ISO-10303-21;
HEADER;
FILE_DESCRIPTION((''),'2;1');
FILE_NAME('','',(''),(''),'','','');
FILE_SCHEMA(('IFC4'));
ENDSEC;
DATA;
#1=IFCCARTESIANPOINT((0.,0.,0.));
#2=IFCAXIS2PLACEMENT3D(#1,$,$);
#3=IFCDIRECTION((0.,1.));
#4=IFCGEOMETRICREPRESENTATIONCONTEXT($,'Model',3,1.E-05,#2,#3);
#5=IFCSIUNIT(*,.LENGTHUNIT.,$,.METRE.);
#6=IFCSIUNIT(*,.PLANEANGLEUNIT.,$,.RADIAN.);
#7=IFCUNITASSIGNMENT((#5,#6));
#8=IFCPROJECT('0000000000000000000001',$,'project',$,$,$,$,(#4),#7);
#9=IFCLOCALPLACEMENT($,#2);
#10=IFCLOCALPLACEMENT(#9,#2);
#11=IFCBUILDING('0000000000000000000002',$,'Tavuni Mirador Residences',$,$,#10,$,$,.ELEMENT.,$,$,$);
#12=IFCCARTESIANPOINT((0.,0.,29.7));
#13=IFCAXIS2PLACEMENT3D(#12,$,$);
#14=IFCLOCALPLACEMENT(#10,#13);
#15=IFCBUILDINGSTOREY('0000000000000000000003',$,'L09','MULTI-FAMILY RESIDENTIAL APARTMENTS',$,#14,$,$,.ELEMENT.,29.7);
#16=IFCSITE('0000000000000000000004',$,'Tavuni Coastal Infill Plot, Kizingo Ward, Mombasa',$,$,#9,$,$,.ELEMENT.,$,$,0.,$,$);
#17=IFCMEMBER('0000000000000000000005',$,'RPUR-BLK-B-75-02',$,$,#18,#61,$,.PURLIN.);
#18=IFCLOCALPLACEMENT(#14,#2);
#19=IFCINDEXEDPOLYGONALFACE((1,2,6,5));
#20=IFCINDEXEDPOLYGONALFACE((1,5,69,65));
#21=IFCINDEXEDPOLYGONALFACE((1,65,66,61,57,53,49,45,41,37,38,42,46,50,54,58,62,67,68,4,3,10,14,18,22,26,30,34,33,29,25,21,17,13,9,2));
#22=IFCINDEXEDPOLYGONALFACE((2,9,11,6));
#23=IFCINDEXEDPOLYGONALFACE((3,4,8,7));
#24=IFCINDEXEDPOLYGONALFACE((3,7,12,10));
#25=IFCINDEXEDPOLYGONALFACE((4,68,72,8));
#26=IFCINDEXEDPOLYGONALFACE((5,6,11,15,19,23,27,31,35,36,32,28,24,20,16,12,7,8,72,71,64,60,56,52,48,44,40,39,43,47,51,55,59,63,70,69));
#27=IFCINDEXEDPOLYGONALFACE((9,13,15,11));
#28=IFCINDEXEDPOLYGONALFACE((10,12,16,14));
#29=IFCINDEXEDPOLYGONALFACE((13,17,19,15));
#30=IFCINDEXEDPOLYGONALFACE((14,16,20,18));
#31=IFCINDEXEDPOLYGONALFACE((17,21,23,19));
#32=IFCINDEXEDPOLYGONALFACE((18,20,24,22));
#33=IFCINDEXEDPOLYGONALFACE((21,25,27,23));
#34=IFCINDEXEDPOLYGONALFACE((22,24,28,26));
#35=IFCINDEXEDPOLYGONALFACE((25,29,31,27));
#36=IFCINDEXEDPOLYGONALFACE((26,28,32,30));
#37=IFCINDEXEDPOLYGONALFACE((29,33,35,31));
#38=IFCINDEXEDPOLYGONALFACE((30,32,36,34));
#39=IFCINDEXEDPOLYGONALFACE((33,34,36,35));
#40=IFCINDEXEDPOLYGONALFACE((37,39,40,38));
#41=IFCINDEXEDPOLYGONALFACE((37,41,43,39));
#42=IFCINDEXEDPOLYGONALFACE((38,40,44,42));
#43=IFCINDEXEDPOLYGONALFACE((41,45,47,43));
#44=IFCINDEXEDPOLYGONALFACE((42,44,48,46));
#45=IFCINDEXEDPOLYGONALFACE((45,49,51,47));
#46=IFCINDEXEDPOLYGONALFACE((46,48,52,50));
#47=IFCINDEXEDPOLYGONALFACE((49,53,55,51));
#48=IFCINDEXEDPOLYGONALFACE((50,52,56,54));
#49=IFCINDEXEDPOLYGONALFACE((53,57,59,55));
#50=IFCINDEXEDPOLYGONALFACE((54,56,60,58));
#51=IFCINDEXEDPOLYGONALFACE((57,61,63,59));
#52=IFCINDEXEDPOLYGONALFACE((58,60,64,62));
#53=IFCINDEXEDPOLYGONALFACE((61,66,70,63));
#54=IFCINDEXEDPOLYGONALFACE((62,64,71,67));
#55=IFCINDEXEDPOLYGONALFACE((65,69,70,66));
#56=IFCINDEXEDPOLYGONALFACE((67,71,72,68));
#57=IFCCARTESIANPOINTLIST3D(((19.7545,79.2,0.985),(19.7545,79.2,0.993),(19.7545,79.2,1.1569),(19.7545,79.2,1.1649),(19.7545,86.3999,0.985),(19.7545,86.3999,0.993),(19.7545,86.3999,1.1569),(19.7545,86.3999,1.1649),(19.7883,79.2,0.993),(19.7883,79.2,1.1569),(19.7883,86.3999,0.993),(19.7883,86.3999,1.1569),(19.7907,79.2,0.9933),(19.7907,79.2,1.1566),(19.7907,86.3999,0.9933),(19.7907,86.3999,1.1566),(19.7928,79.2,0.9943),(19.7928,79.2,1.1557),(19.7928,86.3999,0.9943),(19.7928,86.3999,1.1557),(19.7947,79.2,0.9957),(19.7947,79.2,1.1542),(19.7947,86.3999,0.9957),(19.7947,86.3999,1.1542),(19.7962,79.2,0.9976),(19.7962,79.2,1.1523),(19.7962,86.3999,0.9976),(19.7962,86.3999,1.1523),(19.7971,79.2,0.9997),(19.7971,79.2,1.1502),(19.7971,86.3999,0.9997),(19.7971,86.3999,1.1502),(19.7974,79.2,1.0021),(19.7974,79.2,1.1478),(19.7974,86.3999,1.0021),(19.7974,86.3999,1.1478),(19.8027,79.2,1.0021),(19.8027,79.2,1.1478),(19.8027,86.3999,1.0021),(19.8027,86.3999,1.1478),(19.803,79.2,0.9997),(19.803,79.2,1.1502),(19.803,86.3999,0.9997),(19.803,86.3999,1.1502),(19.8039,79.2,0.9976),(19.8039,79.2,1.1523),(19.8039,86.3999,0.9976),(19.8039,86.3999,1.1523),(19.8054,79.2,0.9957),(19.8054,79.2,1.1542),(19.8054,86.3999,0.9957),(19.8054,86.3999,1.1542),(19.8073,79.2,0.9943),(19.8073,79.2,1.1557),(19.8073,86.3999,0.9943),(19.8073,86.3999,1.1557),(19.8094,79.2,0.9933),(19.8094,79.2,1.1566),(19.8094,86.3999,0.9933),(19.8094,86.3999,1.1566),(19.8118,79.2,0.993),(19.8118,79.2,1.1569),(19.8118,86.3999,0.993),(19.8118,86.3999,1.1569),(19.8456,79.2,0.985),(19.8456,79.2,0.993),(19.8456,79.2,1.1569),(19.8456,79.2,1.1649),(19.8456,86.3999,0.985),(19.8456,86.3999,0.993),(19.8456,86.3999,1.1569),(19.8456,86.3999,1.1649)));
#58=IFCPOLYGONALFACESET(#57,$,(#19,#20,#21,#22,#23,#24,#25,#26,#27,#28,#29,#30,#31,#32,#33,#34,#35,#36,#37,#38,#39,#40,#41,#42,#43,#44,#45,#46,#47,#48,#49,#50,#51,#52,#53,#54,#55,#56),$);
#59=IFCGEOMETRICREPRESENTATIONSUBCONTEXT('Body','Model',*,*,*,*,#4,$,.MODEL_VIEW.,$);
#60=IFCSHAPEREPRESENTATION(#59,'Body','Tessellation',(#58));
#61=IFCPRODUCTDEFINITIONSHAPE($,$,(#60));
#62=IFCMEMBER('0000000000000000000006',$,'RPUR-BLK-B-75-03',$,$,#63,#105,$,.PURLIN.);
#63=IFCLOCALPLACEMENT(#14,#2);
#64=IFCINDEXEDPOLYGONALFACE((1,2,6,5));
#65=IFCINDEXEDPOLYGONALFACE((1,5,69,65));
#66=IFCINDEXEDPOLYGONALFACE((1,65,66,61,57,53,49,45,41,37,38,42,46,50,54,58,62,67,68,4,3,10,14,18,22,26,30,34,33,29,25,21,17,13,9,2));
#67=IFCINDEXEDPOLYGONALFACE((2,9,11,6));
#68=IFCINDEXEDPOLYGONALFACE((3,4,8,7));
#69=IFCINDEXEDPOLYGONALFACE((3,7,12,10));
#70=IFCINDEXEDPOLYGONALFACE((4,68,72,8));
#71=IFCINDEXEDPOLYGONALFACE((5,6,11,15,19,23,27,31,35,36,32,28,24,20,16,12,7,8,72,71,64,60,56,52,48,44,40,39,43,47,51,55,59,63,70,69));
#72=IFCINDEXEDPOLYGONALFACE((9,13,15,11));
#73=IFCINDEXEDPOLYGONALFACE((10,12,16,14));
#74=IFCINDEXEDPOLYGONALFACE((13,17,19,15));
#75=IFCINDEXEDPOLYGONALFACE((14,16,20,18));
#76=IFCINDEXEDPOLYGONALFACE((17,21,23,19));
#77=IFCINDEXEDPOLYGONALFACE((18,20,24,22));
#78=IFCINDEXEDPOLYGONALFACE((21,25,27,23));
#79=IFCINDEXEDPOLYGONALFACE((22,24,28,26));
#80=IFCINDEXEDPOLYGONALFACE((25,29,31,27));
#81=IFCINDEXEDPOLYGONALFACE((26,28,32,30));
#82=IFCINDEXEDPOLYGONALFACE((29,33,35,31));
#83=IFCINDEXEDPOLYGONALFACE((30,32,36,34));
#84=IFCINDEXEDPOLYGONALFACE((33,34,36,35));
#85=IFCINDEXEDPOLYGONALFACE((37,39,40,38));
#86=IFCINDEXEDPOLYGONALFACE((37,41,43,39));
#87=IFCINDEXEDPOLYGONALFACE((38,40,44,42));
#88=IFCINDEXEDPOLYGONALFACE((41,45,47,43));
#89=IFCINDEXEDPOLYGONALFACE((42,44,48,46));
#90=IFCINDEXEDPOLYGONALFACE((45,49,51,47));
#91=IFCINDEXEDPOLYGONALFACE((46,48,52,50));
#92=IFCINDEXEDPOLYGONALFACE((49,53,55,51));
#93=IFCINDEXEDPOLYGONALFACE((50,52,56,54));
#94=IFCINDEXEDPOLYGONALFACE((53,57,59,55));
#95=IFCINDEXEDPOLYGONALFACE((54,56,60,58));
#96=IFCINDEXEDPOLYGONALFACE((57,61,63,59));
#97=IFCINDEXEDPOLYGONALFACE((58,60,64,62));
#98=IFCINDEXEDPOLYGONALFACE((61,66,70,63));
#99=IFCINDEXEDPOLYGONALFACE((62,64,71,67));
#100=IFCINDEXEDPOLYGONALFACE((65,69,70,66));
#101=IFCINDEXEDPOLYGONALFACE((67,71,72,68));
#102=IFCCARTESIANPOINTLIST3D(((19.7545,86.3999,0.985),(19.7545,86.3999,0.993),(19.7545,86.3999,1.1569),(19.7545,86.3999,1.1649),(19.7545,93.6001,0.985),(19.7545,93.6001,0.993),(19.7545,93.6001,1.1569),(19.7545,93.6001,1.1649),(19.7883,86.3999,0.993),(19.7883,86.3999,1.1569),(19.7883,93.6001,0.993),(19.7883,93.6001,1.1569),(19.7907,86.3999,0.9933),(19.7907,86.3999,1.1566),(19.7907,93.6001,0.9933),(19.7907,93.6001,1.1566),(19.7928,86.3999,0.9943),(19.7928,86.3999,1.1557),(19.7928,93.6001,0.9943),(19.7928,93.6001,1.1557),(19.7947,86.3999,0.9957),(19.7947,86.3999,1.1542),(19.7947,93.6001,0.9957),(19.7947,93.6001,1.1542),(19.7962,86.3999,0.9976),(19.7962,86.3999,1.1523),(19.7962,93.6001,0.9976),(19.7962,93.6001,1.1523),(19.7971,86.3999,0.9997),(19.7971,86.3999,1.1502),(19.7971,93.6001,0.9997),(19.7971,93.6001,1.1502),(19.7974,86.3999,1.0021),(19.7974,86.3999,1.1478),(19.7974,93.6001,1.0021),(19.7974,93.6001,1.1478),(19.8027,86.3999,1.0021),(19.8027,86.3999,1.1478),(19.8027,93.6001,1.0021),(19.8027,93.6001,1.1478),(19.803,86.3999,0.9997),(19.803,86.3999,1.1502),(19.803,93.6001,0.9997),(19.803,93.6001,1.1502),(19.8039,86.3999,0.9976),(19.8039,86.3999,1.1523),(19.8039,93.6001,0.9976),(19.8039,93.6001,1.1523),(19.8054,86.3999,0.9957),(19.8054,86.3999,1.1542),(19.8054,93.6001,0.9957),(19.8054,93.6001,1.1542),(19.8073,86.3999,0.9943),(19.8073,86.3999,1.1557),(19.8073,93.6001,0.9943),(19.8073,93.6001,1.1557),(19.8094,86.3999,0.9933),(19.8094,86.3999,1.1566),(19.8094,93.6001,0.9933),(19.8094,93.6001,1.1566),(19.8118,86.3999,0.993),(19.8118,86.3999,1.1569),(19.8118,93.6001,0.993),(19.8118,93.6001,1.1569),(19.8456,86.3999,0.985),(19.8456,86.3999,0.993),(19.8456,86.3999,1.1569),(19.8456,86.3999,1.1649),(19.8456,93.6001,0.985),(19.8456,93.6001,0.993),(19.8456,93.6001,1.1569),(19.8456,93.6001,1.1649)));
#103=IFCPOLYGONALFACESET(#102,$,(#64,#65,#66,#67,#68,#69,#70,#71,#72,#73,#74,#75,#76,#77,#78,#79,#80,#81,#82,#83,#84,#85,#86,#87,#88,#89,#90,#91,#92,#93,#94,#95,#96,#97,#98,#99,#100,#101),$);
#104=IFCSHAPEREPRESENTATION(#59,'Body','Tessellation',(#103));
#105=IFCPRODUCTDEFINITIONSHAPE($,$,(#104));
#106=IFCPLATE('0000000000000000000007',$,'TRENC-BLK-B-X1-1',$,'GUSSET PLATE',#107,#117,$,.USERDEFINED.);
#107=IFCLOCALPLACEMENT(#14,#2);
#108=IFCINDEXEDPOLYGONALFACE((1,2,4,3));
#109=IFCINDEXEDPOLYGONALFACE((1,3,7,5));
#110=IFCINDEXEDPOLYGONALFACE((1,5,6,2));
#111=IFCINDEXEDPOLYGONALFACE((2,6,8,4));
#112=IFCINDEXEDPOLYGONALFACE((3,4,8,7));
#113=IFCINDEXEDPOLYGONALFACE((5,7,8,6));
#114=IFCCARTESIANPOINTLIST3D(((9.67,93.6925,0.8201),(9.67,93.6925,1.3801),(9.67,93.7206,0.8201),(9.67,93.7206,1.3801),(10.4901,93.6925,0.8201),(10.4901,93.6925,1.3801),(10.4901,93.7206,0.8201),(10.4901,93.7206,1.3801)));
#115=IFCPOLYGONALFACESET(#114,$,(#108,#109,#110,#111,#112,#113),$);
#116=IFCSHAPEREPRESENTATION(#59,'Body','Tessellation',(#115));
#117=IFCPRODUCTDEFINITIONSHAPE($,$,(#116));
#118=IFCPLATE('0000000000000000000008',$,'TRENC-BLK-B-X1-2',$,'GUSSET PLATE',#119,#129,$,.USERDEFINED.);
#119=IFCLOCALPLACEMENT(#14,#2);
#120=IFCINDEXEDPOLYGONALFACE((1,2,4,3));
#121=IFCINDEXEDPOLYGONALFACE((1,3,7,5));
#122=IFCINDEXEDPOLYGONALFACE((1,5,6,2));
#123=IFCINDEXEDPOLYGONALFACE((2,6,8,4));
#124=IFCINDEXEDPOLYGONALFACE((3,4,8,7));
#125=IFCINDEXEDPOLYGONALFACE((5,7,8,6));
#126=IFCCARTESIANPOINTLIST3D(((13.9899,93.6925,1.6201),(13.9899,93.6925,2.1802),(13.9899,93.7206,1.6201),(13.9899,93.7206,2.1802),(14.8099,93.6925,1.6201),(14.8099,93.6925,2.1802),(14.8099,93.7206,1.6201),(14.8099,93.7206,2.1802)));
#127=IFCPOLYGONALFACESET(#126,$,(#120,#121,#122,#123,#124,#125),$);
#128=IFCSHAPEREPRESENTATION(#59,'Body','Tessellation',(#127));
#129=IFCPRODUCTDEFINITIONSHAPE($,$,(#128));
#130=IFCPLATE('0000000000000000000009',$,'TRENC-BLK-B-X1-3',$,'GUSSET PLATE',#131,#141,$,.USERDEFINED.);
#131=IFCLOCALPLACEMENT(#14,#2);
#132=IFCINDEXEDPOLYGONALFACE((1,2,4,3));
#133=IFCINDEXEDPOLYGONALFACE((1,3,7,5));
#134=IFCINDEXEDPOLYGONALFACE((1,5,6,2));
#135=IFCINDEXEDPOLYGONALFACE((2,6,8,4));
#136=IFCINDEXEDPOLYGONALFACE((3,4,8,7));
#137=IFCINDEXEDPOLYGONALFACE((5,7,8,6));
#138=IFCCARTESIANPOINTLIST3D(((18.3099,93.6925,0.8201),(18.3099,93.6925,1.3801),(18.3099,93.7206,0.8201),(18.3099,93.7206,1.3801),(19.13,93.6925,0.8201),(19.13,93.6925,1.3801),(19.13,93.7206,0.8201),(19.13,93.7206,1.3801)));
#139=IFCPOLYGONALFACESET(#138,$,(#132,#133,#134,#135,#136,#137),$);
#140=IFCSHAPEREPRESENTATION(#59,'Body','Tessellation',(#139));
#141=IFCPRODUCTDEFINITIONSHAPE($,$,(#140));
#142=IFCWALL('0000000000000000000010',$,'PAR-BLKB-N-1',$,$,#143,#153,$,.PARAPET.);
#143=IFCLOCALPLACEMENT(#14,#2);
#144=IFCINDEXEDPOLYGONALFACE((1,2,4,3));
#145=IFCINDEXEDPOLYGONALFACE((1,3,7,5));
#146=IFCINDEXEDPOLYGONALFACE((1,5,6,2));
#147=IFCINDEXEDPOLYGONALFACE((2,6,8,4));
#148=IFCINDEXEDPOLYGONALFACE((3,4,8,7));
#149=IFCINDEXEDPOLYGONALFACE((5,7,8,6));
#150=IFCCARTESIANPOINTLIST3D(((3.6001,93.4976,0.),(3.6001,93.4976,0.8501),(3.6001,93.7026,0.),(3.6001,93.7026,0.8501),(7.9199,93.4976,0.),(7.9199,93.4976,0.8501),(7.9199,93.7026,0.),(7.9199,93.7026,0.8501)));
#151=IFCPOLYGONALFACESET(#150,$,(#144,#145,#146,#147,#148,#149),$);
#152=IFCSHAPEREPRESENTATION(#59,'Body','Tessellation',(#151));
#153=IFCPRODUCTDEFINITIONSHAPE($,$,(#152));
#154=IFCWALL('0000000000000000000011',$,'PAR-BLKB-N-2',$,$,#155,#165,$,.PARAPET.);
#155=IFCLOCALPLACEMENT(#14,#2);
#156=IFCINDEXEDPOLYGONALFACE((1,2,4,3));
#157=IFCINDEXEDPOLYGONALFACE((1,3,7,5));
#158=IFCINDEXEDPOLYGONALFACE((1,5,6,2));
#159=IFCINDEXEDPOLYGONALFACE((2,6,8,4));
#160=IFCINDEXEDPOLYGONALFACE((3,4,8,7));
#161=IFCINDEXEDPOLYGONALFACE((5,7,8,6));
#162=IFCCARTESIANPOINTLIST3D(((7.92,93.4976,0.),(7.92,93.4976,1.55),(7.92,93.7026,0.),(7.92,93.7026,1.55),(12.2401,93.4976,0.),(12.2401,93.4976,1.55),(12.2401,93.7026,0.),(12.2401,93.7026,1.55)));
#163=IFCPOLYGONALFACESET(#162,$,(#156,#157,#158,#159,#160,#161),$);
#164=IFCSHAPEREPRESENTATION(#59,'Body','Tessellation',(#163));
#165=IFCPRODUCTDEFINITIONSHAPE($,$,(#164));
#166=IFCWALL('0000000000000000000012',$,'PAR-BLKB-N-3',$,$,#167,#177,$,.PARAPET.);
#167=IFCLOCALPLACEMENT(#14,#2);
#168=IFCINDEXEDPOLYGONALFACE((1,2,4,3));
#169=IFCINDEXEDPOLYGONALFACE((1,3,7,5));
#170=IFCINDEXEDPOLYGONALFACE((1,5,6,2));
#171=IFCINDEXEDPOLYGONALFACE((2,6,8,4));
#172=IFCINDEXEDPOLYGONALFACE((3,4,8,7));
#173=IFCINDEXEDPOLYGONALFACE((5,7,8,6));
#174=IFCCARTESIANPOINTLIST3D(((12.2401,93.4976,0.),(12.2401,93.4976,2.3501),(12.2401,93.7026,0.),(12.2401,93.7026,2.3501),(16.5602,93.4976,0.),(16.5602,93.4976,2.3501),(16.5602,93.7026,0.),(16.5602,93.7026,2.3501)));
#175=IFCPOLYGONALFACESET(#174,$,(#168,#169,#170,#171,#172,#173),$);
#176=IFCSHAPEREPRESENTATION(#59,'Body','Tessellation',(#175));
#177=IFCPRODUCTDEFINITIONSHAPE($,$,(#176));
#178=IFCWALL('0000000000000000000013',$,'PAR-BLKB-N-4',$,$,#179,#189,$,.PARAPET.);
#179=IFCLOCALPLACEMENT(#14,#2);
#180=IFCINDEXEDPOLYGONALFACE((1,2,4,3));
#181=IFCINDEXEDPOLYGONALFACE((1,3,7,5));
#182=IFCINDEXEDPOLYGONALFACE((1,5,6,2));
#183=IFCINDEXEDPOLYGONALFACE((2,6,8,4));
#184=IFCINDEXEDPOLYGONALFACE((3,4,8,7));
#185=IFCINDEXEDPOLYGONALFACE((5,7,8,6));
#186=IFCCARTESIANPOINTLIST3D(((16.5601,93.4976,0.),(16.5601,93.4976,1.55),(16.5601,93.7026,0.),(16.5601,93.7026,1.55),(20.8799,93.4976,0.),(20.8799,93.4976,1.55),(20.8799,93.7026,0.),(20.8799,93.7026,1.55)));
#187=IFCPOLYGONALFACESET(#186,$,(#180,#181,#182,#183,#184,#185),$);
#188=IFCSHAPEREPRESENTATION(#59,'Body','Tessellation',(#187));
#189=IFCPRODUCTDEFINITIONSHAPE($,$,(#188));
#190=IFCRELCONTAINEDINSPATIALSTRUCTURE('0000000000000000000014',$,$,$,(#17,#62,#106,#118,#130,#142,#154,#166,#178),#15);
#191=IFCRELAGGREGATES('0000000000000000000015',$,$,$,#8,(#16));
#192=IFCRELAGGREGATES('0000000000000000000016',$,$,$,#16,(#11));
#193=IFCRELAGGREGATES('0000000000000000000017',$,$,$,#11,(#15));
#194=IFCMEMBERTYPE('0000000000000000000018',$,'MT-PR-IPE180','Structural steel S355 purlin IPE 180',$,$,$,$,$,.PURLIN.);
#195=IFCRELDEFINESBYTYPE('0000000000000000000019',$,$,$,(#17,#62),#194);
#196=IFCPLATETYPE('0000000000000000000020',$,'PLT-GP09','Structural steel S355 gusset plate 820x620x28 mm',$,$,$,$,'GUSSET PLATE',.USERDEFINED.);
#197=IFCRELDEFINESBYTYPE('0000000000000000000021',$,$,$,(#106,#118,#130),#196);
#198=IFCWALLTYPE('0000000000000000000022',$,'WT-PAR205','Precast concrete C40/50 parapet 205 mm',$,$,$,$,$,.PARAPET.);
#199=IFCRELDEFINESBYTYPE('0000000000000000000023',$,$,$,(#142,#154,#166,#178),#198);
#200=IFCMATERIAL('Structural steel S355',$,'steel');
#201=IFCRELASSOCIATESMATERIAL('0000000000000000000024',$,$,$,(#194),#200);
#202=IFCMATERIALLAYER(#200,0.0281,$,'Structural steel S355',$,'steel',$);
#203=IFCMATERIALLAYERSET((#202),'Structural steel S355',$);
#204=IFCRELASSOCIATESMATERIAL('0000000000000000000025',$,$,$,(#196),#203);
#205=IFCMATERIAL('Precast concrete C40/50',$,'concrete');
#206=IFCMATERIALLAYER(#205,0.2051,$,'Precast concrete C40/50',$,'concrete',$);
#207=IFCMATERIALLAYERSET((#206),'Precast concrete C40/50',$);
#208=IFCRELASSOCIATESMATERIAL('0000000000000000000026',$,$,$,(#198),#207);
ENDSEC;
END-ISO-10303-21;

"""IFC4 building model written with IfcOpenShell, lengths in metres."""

from ifc_helpers import new_model, si_unit, direction, frame, frame_2d, origin, origin_2d, place, context, subcontext, project, spatial, rectangle, i_section, extrude, material, layer, layer_set, material_profile, profile_set, type_object, element, save


model = new_model("IFC4")

# Units and contexts
model_context = context("Model", 3, precision=1e-05, world=origin(), true_north=direction((0.0, 1.0)))
body_context = subcontext(model_context, "Body", "Model", "MODEL_VIEW")
ifc_project = project(units=[si_unit("LENGTHUNIT", "METRE"), si_unit("PLANEANGLEUNIT", "RADIAN")], contexts=[model_context])

# Site, building, storey
site_placement = place(None, origin())
site = spatial("IfcSite", under=ifc_project, at=site_placement, Name="Tavuni Coastal Infill Plot, Kizingo Ward, Mombasa", CompositionType="ELEMENT", RefElevation=0.0)
building_placement = place(site_placement, origin())
building = spatial("IfcBuilding", under=site, at=building_placement, Name="Tavuni Mirador Residences", CompositionType="ELEMENT")
storey_placement = place(building_placement, frame((0.0, 0.0, 29.7)))
storey = spatial("IfcBuildingStorey", under=building, at=storey_placement, Name="L09", Description="MULTI-FAMILY RESIDENTIAL APARTMENTS", CompositionType="ELEMENT", Elevation=29.7)

# Members
ifc_material_1 = material(Name="Structural steel S355", Category="steel")
ifc_material_profile_1 = material_profile(ifc_material_1, i_section(OverallWidth=0.0911, OverallDepth=0.1799, WebThickness=0.0054, FlangeThickness=0.0081, FilletRadius=0.009, at=origin_2d()), Name="IPE 180", Category="steel")
ifc_profile_set_1 = profile_set([ifc_material_profile_1], Name="Structural steel S355")
member_type_1 = type_object("IfcMemberType", Name="MT-PR-IPE180", Description="Structural steel S355 purlin IPE 180", PredefinedType="PURLIN", material=ifc_profile_set_1)
for number, where, z_axis, x_axis, name in (
    (1, (19.8, 79.2, 1.075), (0.0, 1.0, 0.0), (-1.0, 0.0, 0.0), "RPUR-BLK-B-75-02"),
):
    element("IfcMember", number, at=place(storey_placement, frame(where, z_axis=z_axis, x_axis=x_axis)), inside=storey, type_object=member_type_1, Name=name, PredefinedType="PURLIN", context=body_context, shape_type="SweptSolid", body=[
        extrude(i_section(OverallWidth=0.0911, OverallDepth=0.1799, WebThickness=0.0054, FlangeThickness=0.0081, FilletRadius=0.009, at=origin_2d()), origin(), (0.0, 0.0, 1.0), 7.2),
    ])
member_1_placement = place(storey_placement, frame((19.8, 86.3999, 1.075), z_axis=(0.0, 1.0, 0.0), x_axis=(-1.0, 0.0, 0.0)))
element("IfcMember", 2, at=member_1_placement, inside=storey, type_object=member_type_1, Name="RPUR-BLK-B-75-03", PredefinedType="PURLIN", context=body_context, shape_type="SweptSolid", body=[
    extrude(i_section(OverallWidth=0.0911, OverallDepth=0.1799, WebThickness=0.0054, FlangeThickness=0.0081, FilletRadius=0.009, at=origin_2d()), origin(), (0.0, 0.0, 1.0), 7.2002),
])

# Plates
ifc_layer_1 = layer(ifc_material_1, 0.0281, Name="Structural steel S355", Category="steel")
ifc_layer_set_1 = layer_set([ifc_layer_1], Name="Structural steel S355")
plate_type = type_object("IfcPlateType", Name="PLT-GP09", Description="Structural steel S355 gusset plate 820x620x28 mm", ElementType="GUSSET PLATE", PredefinedType="USERDEFINED", material=ifc_layer_set_1)
for number, where, z_axis, x_axis, name in (
    (3, (10.0801, 93.7065, 0.8201), (0.0, 0.0, 1.0), (1.0, 0.0, 0.0), "TRENC-BLK-B-X1-1"),
    (4, (14.3999, 93.7065, 1.6201), (0.0, 0.0, 1.0), (1.0, 0.0, 0.0), "TRENC-BLK-B-X1-2"),
    (5, (18.72, 93.7065, 0.8201), (0.0, 0.0, 1.0), (1.0, 0.0, 0.0), "TRENC-BLK-B-X1-3"),
):
    element("IfcPlate", number, at=place(storey_placement, frame(where, z_axis=z_axis, x_axis=x_axis)), inside=storey, type_object=plate_type, Name=name, ObjectType="GUSSET PLATE", PredefinedType="USERDEFINED", context=body_context, shape_type="SweptSolid", body=[
        extrude(rectangle(XDim=0.8201, YDim=0.0281, at=origin_2d()), origin(), (0.0, 0.0, 1.0), 0.5601),
    ])

# Walls
ifc_material_2 = material(Name="Precast concrete C40/50", Category="concrete")
ifc_layer_2 = layer(ifc_material_2, 0.2051, Name="Precast concrete C40/50", Category="concrete")
ifc_layer_set_2 = layer_set([ifc_layer_2], Name="Precast concrete C40/50")
wall_type = type_object("IfcWallType", Name="WT-PAR205", Description="Precast concrete C40/50 parapet 205 mm", PredefinedType="PARAPET", material=ifc_layer_set_2)
wall_1_placement = place(storey_placement, frame((3.6001, 93.6001, 0.0), z_axis=(0.0, 0.0, 1.0), x_axis=(1.0, 0.0, 0.0)))
element("IfcWall", 6, at=wall_1_placement, inside=storey, type_object=wall_type, Name="PAR-BLKB-N-1", PredefinedType="PARAPET", context=body_context, shape_type="SweptSolid", body=[
    extrude(rectangle(XDim=4.3198, YDim=0.2051, at=frame_2d((2.1599, 0.0))), origin(), (0.0, 0.0, 1.0), 0.8501),
])
wall_2_placement = place(storey_placement, frame((7.9199, 93.6001, 0.0), z_axis=(0.0, 0.0, 1.0), x_axis=(1.0, 0.0, 0.0)))
element("IfcWall", 7, at=wall_2_placement, inside=storey, type_object=wall_type, Name="PAR-BLKB-N-2", PredefinedType="PARAPET", context=body_context, shape_type="SweptSolid", body=[
    extrude(rectangle(XDim=4.3201, YDim=0.2051, at=frame_2d((2.1602, 0.0))), origin(), (0.0, 0.0, 1.0), 1.55),
])
wall_3_placement = place(storey_placement, frame((12.24, 93.6001, 0.0), z_axis=(0.0, 0.0, 1.0), x_axis=(1.0, 0.0, 0.0)))
element("IfcWall", 8, at=wall_3_placement, inside=storey, type_object=wall_type, Name="PAR-BLKB-N-3", PredefinedType="PARAPET", context=body_context, shape_type="SweptSolid", body=[
    extrude(rectangle(XDim=4.3201, YDim=0.2051, at=frame_2d((2.1602, 0.0))), origin(), (0.0, 0.0, 1.0), 2.3501),
])
wall_4_placement = place(storey_placement, frame((16.5601, 93.6001, 0.0), z_axis=(0.0, 0.0, 1.0), x_axis=(1.0, 0.0, 0.0)))
element("IfcWall", 9, at=wall_4_placement, inside=storey, type_object=wall_type, Name="PAR-BLKB-N-4", PredefinedType="PARAPET", context=body_context, shape_type="SweptSolid", body=[
    extrude(rectangle(XDim=4.3198, YDim=0.2051, at=frame_2d((2.1599, 0.0))), origin(), (0.0, 0.0, 1.0), 1.55),
])

save(model, "model.ifc")
